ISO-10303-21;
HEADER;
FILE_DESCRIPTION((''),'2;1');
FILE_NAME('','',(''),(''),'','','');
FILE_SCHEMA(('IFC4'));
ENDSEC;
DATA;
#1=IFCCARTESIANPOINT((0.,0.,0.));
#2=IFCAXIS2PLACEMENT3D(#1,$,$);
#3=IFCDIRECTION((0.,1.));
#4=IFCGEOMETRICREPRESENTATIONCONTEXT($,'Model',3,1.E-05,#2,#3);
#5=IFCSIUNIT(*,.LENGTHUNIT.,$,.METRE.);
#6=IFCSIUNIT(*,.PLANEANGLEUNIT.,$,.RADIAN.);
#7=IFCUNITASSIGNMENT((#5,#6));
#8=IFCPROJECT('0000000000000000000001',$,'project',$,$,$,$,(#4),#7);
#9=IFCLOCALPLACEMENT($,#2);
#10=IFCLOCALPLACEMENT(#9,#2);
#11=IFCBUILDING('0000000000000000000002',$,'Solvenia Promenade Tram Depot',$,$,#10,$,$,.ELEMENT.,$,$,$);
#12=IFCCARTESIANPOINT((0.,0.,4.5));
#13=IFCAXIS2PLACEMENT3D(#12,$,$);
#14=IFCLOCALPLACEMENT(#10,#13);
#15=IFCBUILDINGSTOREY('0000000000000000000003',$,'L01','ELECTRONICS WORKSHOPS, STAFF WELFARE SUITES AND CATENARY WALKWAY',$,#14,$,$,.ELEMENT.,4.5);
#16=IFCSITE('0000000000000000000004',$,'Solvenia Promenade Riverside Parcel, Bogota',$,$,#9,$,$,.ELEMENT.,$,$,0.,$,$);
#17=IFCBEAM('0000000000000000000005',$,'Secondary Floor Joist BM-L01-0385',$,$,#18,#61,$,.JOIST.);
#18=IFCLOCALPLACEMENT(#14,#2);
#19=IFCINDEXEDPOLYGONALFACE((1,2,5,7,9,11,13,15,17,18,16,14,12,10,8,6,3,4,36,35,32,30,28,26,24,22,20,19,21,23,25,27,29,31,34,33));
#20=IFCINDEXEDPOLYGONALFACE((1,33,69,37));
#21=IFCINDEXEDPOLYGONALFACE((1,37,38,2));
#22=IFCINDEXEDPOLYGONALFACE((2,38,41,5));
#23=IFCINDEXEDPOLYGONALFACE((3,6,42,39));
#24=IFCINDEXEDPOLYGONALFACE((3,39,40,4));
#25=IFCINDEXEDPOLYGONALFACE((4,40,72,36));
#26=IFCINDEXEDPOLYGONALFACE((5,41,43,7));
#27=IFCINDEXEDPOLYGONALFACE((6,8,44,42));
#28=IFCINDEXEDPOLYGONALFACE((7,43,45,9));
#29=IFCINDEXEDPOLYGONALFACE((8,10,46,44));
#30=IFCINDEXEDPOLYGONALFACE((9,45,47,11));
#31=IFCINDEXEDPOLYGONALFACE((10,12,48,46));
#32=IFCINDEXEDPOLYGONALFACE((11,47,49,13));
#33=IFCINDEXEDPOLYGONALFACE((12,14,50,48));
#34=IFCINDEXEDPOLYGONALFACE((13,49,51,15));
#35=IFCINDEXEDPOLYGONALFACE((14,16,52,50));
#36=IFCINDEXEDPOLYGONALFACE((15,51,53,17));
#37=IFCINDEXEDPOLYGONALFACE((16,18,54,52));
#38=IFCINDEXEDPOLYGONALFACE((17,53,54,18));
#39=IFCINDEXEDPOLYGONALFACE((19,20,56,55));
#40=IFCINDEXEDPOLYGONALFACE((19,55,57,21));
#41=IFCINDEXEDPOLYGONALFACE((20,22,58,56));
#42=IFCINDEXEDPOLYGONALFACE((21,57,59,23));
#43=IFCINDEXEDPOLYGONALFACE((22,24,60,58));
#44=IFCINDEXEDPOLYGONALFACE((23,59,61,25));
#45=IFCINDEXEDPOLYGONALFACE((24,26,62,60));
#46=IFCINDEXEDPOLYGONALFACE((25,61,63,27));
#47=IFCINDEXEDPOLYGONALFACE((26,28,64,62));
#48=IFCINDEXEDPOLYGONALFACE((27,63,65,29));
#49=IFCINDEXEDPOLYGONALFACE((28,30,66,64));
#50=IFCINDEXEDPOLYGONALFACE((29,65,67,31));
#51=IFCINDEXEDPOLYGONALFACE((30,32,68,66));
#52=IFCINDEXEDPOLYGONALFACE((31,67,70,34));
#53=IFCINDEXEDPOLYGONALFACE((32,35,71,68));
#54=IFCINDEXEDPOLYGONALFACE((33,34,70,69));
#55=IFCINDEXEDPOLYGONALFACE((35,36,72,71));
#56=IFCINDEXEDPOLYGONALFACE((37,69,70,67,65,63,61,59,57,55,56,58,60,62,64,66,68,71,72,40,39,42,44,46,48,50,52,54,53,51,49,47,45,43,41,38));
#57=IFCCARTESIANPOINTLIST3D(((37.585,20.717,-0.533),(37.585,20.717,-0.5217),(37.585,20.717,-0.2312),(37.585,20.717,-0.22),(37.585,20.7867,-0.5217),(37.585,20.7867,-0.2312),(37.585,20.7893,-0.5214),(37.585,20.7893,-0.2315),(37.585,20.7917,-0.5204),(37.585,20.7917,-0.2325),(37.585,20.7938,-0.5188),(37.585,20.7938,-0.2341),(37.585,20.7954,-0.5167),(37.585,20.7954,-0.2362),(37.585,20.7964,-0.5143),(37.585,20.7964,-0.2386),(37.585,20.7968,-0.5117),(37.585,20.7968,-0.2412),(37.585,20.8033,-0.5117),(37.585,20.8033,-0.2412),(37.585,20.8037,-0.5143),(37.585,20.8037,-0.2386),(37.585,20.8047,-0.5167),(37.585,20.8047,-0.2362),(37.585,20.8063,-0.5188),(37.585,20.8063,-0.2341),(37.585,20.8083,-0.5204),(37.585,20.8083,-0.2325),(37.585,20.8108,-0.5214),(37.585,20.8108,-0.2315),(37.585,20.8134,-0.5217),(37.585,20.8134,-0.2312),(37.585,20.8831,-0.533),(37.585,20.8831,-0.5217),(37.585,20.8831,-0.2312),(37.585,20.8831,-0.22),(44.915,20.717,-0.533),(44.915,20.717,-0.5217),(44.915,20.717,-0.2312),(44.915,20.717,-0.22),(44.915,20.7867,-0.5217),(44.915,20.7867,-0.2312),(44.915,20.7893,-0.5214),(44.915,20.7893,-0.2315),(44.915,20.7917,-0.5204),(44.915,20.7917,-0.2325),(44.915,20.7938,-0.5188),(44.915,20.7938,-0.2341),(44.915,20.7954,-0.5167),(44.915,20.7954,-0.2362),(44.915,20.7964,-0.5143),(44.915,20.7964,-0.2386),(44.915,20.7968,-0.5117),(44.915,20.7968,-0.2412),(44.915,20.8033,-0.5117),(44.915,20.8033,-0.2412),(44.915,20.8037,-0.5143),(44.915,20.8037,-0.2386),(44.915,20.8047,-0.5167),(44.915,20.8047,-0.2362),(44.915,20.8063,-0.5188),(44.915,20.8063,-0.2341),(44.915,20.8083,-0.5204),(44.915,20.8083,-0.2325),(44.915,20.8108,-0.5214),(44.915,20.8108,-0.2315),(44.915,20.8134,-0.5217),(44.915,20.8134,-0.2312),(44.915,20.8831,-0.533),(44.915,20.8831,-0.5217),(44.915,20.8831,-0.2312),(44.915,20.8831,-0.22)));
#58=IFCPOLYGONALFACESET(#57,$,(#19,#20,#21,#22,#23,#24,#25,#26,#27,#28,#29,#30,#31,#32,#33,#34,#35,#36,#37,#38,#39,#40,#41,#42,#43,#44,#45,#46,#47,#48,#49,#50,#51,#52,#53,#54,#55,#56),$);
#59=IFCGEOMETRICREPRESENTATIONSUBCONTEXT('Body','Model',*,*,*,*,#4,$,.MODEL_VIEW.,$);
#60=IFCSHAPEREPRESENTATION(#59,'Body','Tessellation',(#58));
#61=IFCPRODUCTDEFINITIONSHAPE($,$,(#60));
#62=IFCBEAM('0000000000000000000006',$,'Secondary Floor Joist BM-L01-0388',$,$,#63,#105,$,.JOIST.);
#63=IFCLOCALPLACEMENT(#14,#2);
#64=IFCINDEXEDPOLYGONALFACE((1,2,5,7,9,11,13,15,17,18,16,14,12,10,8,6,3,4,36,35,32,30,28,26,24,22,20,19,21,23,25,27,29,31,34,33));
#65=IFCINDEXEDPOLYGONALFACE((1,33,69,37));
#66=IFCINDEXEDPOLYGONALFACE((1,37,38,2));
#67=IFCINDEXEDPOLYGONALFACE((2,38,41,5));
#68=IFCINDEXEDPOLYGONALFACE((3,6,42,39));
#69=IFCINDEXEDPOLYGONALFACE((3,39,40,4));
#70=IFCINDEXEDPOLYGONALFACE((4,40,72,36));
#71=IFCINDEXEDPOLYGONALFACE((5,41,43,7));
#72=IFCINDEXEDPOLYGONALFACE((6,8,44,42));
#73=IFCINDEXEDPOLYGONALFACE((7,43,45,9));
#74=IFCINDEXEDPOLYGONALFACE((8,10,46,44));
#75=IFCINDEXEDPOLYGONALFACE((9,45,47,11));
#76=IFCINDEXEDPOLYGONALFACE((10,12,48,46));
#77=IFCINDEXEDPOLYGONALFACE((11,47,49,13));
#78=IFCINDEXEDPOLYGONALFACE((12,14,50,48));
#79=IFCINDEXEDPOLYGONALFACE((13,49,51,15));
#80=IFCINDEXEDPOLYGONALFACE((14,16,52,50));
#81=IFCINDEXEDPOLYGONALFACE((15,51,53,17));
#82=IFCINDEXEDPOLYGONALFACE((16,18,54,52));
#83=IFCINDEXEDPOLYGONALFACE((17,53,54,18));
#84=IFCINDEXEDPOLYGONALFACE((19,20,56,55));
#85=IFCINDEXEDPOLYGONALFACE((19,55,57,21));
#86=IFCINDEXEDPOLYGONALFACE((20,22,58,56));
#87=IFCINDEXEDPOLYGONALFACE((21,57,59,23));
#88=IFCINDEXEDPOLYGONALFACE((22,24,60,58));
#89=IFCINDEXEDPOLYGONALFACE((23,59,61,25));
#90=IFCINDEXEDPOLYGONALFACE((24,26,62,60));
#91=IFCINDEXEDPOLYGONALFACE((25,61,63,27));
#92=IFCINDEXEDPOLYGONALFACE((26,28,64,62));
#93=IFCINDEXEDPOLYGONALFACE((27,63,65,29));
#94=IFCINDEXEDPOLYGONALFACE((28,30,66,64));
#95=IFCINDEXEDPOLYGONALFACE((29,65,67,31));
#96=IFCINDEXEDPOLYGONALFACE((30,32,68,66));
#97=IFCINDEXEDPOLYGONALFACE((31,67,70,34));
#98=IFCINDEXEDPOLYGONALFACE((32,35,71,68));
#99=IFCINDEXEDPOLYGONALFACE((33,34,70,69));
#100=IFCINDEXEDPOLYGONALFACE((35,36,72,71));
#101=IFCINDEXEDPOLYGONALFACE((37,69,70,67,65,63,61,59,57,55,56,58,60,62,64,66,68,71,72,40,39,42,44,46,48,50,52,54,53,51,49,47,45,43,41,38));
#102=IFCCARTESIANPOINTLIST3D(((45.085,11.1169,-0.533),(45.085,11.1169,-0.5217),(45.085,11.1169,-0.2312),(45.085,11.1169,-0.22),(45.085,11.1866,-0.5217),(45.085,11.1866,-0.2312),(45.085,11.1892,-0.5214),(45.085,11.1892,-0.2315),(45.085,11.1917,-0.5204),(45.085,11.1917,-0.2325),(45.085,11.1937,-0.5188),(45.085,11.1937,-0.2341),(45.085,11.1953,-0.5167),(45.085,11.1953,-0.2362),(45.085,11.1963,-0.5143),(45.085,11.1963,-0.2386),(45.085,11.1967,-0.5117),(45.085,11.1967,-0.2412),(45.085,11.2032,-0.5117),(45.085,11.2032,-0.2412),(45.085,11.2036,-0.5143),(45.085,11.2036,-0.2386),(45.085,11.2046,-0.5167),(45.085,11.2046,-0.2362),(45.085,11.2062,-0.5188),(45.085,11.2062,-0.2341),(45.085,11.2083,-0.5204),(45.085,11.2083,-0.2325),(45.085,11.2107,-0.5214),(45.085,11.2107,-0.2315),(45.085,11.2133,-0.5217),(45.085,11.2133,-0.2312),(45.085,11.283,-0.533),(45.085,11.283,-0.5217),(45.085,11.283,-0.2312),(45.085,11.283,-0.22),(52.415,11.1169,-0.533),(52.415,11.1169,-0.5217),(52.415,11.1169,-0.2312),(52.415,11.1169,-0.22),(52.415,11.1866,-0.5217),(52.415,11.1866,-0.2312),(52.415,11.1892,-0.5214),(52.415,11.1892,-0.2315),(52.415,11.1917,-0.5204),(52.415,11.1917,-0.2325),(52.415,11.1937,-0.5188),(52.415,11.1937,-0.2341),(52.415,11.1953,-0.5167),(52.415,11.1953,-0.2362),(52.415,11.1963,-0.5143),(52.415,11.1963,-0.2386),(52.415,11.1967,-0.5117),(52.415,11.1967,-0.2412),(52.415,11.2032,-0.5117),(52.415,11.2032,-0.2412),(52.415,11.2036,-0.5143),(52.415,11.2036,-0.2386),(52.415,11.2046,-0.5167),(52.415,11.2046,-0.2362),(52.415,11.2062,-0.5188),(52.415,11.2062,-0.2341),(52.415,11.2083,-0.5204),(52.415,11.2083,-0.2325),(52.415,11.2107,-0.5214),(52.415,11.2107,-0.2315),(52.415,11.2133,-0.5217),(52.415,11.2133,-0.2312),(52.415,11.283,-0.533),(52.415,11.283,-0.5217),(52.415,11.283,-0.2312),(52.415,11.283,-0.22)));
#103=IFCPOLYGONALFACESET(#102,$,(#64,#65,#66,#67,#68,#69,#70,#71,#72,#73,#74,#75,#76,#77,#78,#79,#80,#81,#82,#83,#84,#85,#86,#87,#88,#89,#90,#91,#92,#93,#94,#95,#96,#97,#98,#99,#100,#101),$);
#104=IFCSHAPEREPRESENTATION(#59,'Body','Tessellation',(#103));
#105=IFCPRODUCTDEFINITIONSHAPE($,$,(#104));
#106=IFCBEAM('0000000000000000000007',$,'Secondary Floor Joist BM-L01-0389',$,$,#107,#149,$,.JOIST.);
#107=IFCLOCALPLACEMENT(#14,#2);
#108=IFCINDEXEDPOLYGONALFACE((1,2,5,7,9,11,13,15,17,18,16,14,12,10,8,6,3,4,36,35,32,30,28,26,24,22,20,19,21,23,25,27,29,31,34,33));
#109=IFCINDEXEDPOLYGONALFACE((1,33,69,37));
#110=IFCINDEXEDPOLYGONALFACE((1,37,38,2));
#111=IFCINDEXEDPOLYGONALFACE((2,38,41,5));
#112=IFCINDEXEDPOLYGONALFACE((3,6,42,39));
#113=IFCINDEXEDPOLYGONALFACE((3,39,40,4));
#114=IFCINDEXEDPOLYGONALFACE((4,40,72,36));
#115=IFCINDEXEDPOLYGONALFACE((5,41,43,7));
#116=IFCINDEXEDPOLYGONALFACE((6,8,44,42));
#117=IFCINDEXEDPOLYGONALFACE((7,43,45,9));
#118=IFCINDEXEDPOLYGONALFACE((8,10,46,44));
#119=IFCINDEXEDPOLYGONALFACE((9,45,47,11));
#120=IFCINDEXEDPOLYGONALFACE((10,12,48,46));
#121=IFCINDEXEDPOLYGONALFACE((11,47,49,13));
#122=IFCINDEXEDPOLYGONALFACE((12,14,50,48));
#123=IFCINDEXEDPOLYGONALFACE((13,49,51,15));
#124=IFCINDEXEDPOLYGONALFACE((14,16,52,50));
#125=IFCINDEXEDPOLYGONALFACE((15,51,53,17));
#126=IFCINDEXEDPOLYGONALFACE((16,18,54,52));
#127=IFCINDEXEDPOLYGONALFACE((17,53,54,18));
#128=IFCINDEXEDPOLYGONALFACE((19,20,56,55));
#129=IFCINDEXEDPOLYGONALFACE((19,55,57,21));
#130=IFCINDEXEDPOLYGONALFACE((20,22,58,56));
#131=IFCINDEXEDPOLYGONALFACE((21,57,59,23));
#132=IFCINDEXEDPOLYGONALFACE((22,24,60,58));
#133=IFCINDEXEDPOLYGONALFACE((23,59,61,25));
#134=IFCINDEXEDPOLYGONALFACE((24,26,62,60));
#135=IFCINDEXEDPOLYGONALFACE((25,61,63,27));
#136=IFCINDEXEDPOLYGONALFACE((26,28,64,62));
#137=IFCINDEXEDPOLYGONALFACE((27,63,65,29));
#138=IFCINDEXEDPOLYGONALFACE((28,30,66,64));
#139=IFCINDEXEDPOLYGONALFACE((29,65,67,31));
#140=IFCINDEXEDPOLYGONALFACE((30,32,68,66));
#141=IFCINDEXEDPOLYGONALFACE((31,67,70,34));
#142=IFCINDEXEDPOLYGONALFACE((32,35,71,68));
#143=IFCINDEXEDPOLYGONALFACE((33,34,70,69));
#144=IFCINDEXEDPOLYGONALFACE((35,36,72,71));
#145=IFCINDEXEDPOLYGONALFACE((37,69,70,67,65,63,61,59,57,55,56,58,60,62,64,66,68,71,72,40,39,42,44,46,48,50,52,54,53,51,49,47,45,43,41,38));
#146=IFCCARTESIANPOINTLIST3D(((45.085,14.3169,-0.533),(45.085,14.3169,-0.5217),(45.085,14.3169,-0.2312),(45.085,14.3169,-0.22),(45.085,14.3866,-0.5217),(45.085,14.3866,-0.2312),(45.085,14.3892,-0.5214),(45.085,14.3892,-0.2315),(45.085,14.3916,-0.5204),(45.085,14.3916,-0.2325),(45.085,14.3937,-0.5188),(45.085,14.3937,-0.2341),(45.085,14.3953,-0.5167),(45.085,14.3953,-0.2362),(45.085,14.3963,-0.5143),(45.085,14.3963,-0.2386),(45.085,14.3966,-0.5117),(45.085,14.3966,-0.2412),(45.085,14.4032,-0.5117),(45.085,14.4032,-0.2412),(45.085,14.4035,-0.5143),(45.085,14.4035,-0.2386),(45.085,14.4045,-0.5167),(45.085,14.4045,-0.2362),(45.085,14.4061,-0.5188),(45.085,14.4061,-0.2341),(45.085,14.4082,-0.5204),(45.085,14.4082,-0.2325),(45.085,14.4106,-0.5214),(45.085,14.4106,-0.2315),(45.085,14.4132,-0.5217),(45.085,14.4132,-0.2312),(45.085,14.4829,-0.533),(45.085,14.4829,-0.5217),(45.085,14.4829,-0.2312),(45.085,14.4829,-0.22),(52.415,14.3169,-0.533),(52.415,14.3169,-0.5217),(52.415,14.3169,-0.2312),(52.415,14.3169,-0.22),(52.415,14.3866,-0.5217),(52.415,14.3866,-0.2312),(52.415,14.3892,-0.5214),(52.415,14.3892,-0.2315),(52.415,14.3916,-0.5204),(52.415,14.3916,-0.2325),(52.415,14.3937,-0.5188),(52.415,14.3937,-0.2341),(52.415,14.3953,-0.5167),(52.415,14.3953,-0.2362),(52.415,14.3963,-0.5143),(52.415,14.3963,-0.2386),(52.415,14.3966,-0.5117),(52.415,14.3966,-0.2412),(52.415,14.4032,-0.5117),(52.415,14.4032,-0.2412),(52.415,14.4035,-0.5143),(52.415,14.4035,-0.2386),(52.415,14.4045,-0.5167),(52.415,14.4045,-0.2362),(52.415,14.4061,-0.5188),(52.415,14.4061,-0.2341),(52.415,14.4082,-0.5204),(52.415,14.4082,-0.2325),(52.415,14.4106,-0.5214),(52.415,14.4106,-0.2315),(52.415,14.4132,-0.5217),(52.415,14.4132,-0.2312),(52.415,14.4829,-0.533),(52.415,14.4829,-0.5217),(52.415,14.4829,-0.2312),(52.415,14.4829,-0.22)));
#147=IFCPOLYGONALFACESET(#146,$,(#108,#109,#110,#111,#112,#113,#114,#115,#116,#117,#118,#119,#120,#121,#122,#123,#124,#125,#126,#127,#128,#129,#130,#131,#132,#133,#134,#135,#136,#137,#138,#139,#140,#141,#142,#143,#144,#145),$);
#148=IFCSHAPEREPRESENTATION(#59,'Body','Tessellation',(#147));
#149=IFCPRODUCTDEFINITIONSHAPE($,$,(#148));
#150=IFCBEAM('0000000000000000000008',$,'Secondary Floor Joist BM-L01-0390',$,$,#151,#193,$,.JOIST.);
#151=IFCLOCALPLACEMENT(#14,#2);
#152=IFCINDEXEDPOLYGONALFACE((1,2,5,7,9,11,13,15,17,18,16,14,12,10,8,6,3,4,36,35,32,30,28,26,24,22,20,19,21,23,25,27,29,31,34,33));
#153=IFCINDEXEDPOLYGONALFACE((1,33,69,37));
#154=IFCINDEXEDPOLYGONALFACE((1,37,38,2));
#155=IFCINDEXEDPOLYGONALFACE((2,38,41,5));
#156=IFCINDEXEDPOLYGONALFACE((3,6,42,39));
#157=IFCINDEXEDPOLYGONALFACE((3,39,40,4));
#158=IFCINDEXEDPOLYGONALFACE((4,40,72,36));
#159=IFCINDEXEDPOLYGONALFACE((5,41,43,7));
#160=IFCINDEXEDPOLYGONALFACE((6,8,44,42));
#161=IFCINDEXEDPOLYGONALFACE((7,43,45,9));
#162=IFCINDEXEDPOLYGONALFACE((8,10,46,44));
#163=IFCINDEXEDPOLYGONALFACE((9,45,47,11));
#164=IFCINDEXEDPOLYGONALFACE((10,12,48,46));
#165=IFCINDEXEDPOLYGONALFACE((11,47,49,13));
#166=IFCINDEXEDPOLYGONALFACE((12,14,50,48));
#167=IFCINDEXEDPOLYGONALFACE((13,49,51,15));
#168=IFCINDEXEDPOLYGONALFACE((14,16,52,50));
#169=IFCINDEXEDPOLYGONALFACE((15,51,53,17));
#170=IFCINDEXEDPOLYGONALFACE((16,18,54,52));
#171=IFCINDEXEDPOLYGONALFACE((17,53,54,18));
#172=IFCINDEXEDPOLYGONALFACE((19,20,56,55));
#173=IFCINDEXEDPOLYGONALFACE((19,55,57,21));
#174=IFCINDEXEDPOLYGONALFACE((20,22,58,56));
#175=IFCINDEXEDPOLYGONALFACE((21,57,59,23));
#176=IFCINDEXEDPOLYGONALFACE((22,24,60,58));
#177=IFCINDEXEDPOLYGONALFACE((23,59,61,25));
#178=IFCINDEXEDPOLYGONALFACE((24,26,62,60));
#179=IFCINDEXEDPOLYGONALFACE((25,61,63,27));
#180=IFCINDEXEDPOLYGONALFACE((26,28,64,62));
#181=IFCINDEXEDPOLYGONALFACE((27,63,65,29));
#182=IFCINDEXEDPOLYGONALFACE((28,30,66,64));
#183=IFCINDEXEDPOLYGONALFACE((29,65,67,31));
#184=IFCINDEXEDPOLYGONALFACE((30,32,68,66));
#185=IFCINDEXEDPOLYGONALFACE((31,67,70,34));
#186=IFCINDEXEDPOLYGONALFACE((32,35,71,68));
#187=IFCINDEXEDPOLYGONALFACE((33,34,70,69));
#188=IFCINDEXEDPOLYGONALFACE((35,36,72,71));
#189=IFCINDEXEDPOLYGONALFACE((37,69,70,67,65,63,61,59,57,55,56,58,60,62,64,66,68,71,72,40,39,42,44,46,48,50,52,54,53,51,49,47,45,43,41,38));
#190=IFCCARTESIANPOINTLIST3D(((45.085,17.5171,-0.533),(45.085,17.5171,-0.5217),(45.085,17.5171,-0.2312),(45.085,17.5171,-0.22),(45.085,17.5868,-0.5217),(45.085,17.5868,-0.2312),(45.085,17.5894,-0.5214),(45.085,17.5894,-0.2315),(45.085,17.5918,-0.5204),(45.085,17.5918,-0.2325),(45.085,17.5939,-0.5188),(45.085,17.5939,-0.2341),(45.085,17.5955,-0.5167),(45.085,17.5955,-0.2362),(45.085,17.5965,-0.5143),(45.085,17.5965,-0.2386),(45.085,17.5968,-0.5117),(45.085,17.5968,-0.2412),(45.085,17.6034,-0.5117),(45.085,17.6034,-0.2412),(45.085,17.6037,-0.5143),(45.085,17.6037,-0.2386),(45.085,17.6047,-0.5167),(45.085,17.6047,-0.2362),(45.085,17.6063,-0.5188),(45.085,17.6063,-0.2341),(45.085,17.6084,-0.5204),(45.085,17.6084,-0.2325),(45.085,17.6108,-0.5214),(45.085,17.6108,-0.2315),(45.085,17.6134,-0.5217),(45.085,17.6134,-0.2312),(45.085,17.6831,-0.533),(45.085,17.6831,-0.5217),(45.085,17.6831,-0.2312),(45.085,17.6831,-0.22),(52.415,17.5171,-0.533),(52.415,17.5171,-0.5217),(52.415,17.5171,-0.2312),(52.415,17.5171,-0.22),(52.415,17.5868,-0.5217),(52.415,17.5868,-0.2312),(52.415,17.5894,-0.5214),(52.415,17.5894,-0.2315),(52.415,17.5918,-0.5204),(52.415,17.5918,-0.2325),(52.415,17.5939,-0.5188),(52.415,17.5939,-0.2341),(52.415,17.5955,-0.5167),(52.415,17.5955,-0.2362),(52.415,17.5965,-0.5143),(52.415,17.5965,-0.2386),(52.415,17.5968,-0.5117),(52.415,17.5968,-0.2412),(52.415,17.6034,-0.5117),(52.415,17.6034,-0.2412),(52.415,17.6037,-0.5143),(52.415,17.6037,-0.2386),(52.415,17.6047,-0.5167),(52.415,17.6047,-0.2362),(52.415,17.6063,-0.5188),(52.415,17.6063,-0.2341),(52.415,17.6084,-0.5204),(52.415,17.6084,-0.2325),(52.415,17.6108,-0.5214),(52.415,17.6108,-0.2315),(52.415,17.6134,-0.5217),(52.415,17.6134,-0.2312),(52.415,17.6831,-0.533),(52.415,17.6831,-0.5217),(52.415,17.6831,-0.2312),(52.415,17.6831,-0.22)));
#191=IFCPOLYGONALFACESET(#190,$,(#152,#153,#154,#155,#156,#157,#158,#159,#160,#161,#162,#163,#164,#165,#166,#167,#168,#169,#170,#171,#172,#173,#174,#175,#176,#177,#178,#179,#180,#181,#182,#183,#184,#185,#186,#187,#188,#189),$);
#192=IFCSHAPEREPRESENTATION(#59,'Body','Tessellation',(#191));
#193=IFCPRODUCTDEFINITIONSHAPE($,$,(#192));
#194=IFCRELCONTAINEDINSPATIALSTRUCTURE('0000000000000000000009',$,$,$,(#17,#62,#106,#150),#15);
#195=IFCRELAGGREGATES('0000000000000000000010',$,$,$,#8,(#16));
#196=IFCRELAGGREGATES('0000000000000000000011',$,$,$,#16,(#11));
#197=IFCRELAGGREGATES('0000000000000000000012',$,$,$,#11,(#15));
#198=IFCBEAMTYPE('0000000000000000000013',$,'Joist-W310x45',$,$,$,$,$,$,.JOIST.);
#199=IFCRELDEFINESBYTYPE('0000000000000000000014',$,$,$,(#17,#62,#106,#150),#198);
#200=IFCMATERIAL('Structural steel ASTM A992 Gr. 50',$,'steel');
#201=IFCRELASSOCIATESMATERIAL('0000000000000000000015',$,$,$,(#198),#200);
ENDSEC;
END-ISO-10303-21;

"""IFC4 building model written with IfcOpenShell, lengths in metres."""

from ifc_helpers import new_model, si_unit, direction, frame, origin, origin_2d, place, context, subcontext, project, spatial, i_section, extrude, material, material_profile, profile_set, type_object, element, save


model = new_model("IFC4")

# Units and contexts
model_context = context("Model", 3, precision=1e-05, world=origin(), true_north=direction((0.0, 1.0)))
body_context = subcontext(model_context, "Body", "Model", "MODEL_VIEW")
ifc_project = project(units=[si_unit("LENGTHUNIT", "METRE"), si_unit("PLANEANGLEUNIT", "RADIAN")], contexts=[model_context])

# Site, building, storey
site_placement = place(None, origin())
site = spatial("IfcSite", under=ifc_project, at=site_placement, Name="Solvenia Promenade Riverside Parcel, Bogota", CompositionType="ELEMENT", RefElevation=0.0)
building_placement = place(site_placement, origin())
building = spatial("IfcBuilding", under=site, at=building_placement, Name="Solvenia Promenade Tram Depot", CompositionType="ELEMENT")
storey_placement = place(building_placement, frame((0.0, 0.0, 4.5)))
storey = spatial("IfcBuildingStorey", under=building, at=storey_placement, Name="L01", Description="ELECTRONICS WORKSHOPS, STAFF WELFARE SUITES AND CATENARY WALKWAY", CompositionType="ELEMENT", Elevation=4.5)

# Shared definitions
ifc_material_1 = material(Name="Structural steel ASTM A992 Gr. 50", Category="steel")

# Beams
ifc_material_profile_1 = material_profile(ifc_material_1, i_section(OverallWidth=0.166, OverallDepth=0.313, WebThickness=0.0066, FlangeThickness=0.0112, FilletRadius=0.01, at=origin_2d()), Name="W310x45", Category="steel")
ifc_profile_set_1 = profile_set([ifc_material_profile_1], Name="Structural steel ASTM A992 Gr. 50")
beam_type_1 = type_object("IfcBeamType", Name="Joist-W310x45", PredefinedType="JOIST", material=ifc_profile_set_1)
for number, where, z_axis, x_axis, name in (
    (1, (37.585, 20.8, -0.3765), (1.0, 0.0, 0.0), (0.0, 1.0, 0.0), "Secondary Floor Joist BM-L01-0385"),
    (2, (45.085, 11.2, -0.3765), (1.0, 0.0, 0.0), (0.0, 1.0, 0.0), "Secondary Floor Joist BM-L01-0388"),
    (3, (45.085, 14.3999, -0.3765), (1.0, 0.0, 0.0), (0.0, 1.0, 0.0), "Secondary Floor Joist BM-L01-0389"),
    (4, (45.085, 17.6001, -0.3765), (1.0, 0.0, 0.0), (0.0, 1.0, 0.0), "Secondary Floor Joist BM-L01-0390"),
):
    element("IfcBeam", number, at=place(storey_placement, frame(where, z_axis=z_axis, x_axis=x_axis)), inside=storey, type_object=beam_type_1, Name=name, PredefinedType="JOIST", context=body_context, shape_type="SweptSolid", body=[
        extrude(i_section(OverallWidth=0.166, OverallDepth=0.313, WebThickness=0.0066, FlangeThickness=0.0112, FilletRadius=0.01, at=origin_2d()), origin(), (0.0, 0.0, 1.0), 7.3301),
    ])

save(model, "model.ifc")
